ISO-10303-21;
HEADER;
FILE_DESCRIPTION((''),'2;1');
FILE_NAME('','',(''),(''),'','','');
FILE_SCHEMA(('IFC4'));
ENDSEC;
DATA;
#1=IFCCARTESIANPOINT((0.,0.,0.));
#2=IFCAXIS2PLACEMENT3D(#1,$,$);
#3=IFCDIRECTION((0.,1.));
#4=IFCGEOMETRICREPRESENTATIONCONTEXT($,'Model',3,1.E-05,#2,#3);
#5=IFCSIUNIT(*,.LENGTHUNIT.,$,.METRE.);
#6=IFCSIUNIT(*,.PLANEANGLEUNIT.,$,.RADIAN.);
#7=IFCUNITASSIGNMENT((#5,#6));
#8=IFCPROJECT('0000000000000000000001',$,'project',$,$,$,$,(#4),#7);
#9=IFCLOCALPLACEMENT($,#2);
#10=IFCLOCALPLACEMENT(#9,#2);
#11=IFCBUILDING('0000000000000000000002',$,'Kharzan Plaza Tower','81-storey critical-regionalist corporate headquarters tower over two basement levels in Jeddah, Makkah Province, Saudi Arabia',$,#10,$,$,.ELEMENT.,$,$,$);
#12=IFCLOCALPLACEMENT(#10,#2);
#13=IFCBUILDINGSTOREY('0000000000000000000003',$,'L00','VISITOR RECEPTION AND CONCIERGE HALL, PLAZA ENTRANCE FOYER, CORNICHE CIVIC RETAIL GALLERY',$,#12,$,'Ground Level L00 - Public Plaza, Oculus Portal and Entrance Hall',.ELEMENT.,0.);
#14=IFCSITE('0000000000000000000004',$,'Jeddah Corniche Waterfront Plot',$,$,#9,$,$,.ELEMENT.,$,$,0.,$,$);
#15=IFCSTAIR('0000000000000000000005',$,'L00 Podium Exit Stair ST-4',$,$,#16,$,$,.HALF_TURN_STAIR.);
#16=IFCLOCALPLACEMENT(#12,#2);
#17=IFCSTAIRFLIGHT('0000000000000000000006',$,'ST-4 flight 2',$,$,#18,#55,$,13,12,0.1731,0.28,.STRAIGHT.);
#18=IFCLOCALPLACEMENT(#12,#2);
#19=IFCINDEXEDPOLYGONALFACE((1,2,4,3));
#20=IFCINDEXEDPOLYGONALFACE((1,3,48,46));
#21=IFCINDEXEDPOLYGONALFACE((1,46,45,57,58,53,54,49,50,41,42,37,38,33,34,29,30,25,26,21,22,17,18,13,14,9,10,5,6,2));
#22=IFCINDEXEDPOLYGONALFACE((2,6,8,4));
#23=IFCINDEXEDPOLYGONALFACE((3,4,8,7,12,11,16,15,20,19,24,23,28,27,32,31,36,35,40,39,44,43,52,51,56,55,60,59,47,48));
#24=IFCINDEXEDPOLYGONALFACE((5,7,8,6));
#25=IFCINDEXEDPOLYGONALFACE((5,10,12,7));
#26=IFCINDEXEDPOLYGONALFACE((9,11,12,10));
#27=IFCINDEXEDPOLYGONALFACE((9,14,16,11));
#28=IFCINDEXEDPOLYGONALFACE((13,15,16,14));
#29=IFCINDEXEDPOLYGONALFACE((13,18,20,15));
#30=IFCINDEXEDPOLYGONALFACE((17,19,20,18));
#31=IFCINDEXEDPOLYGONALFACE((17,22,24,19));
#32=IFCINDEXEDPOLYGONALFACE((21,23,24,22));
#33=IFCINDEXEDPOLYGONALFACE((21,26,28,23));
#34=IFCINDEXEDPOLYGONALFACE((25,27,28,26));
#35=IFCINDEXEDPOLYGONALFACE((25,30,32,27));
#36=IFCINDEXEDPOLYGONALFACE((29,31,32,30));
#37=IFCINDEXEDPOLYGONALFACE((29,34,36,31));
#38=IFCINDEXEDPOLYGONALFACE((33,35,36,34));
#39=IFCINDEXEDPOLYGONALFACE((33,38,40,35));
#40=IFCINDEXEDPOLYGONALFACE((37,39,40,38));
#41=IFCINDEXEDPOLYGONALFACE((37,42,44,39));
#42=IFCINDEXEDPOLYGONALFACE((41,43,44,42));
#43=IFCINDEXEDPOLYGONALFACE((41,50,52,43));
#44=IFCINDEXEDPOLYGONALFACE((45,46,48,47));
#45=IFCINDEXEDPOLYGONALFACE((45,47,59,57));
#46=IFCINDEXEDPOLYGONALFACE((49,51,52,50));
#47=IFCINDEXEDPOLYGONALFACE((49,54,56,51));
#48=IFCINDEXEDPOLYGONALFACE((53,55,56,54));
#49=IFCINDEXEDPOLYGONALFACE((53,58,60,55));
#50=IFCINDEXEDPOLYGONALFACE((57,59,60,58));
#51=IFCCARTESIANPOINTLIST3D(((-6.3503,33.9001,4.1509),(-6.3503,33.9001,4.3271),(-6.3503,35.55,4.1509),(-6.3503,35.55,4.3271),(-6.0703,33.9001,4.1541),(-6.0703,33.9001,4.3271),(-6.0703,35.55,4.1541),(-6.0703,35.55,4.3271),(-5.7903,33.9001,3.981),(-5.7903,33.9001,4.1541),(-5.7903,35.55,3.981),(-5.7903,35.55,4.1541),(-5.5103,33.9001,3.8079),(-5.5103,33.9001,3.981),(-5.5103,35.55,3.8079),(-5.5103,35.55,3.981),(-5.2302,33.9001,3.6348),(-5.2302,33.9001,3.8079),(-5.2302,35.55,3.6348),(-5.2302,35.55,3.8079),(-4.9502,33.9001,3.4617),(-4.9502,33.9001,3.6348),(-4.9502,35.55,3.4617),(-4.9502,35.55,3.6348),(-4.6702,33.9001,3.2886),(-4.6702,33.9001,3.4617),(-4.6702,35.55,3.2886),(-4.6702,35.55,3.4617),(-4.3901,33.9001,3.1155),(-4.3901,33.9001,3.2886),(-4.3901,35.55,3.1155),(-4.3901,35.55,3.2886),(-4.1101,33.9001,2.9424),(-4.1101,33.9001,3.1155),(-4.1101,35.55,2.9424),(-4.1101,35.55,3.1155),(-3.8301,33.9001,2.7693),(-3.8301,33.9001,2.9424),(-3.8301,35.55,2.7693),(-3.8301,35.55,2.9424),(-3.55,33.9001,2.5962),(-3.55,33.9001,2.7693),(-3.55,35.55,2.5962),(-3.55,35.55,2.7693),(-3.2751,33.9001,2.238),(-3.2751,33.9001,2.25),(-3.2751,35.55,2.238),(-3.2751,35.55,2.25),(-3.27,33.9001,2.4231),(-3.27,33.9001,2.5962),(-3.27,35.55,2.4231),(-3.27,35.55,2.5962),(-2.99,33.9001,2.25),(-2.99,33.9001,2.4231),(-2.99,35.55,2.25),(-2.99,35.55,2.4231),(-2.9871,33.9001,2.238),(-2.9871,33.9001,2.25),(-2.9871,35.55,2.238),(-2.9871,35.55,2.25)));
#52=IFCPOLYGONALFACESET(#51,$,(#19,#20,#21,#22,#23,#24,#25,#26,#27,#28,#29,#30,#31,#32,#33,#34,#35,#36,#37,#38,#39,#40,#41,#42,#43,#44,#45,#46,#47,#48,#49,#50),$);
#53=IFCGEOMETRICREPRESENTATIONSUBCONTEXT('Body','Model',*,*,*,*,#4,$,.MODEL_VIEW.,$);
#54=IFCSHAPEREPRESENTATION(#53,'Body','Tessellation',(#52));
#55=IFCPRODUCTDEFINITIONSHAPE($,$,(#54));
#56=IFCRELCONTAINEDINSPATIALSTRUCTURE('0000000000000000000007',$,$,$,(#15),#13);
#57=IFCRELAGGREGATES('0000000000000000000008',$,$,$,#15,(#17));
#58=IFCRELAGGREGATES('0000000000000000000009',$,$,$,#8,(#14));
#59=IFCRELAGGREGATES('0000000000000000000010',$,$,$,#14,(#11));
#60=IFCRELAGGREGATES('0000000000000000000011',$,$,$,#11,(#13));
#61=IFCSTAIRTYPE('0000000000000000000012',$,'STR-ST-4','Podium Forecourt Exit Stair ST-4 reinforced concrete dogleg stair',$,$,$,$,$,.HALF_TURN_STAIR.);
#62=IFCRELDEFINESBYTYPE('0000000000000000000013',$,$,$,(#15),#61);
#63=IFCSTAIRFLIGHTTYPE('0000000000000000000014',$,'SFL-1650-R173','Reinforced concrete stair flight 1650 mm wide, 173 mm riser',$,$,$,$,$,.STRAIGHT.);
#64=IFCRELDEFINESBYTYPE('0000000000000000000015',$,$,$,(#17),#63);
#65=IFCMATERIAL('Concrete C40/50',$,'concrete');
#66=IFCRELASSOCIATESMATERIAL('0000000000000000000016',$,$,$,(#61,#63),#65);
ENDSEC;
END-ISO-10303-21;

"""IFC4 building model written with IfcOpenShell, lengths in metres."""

from ifc_helpers import new_model, si_unit, direction, frame, origin, place, context, subcontext, project, spatial, polyline, outline, extrude, source, transform, mapped, material, type_object, element, aggregate, save


model = new_model("IFC4")

# Units and contexts
model_context = context("Model", 3, precision=1e-05, world=origin(), true_north=direction((0.0, 1.0)))
body_context = subcontext(model_context, "Body", "Model", "MODEL_VIEW")
ifc_project = project(units=[si_unit("LENGTHUNIT", "METRE"), si_unit("PLANEANGLEUNIT", "RADIAN")], contexts=[model_context])

# Site, building, storey
site_placement = place(None, origin())
site = spatial("IfcSite", under=ifc_project, at=site_placement, Name="Jeddah Corniche Waterfront Plot", CompositionType="ELEMENT", RefElevation=0.0)
building_placement = place(site_placement, origin())
building = spatial("IfcBuilding", under=site, at=building_placement, Name="Kharzan Plaza Tower", Description="81-storey critical-regionalist corporate headquarters tower over two basement levels in Jeddah, Makkah Province, Saudi Arabia", CompositionType="ELEMENT")
storey_placement = place(building_placement, origin())
storey = spatial("IfcBuildingStorey", under=building, at=storey_placement, Name="L00", Description="VISITOR RECEPTION AND CONCIERGE HALL, PLAZA ENTRANCE FOYER, CORNICHE CIVIC RETAIL GALLERY", LongName="Ground Level L00 - Public Plaza, Oculus Portal and Entrance Hall", CompositionType="ELEMENT", Elevation=0.0)

# Shared definitions
ifc_material_1 = material(Name="Concrete C40/50", Category="concrete")

# Stair, stair flight
stair_type = type_object("IfcStairType", Name="STR-ST-4", Description="Podium Forecourt Exit Stair ST-4 reinforced concrete dogleg stair", PredefinedType="HALF_TURN_STAIR", material=ifc_material_1)
stair_placement = place(storey_placement, origin())
stair = element("IfcStair", 1, at=stair_placement, inside=storey, type_object=stair_type, Name="L00 Podium Exit Stair ST-4", PredefinedType="HALF_TURN_STAIR")
stair_flight_type = type_object("IfcStairFlightType", Name="SFL-1650-R173", Description="Reinforced concrete stair flight 1650 mm wide, 173 mm riser", PredefinedType="STRAIGHT", material=ifc_material_1)
shared_shape_1 = source(origin(), body_context, "Body", "SweptSolid", [
    extrude(outline(polyline([(-0.0029, -0.012), (-0.0029, 0.0), (0.0, 0.0), (0.0, 0.1731), (0.28, 0.1731), (0.28, 0.3462), (0.5601, 0.3462), (0.5601, 0.5193), (0.8401, 0.5193), (0.8401, 0.6924), (1.1201, 0.6924), (1.1201, 0.8655), (1.4001, 0.8655), (1.4001, 1.0386), (1.6802, 1.0386), (1.6802, 1.2117), (1.9602, 1.2117), (1.9602, 1.3848), (2.2402, 1.3848), (2.2402, 1.5579), (2.5203, 1.5579), (2.5203, 1.731), (2.8003, 1.731), (2.8003, 1.9041), (3.0803, 1.9041), (3.0803, 2.0771), (3.3604, 2.0771), (3.3604, 2.2502), (3.3604, 1.9009), (0.2852, 0.0), (0.2852, -0.012), (-0.0029, -0.012)])), frame((0.0, 0.825, 0.0), z_axis=(0.0, -1.0, 0.0), x_axis=(1.0, 0.0, 0.0)), (0.0, 0.0, 1.0), 1.6499),
])
stair_flight_placement = place(storey_placement, frame((-2.99, 34.7251, 2.25), z_axis=(0.0, 0.0, 1.0), x_axis=(-1.0, 0.0, 0.0)))
stair_flight = element("IfcStairFlight", 2, at=stair_flight_placement, type_object=stair_flight_type, Name="ST-4 flight 2", NumberOfRisers=13, NumberOfTreads=12, PredefinedType="STRAIGHT", RiserHeight=0.1731, TreadLength=0.28, context=body_context, shape_type="MappedRepresentation", body=[
    mapped(shared_shape_1, transform((0.0, 0.0, 0.0), x_axis=(1.0, 0.0, 0.0), y_axis=(0.0, 1.0, 0.0), z_axis=(0.0, 0.0, 1.0))),
])
aggregate(stair, [stair_flight])

save(model, "model.ifc")
